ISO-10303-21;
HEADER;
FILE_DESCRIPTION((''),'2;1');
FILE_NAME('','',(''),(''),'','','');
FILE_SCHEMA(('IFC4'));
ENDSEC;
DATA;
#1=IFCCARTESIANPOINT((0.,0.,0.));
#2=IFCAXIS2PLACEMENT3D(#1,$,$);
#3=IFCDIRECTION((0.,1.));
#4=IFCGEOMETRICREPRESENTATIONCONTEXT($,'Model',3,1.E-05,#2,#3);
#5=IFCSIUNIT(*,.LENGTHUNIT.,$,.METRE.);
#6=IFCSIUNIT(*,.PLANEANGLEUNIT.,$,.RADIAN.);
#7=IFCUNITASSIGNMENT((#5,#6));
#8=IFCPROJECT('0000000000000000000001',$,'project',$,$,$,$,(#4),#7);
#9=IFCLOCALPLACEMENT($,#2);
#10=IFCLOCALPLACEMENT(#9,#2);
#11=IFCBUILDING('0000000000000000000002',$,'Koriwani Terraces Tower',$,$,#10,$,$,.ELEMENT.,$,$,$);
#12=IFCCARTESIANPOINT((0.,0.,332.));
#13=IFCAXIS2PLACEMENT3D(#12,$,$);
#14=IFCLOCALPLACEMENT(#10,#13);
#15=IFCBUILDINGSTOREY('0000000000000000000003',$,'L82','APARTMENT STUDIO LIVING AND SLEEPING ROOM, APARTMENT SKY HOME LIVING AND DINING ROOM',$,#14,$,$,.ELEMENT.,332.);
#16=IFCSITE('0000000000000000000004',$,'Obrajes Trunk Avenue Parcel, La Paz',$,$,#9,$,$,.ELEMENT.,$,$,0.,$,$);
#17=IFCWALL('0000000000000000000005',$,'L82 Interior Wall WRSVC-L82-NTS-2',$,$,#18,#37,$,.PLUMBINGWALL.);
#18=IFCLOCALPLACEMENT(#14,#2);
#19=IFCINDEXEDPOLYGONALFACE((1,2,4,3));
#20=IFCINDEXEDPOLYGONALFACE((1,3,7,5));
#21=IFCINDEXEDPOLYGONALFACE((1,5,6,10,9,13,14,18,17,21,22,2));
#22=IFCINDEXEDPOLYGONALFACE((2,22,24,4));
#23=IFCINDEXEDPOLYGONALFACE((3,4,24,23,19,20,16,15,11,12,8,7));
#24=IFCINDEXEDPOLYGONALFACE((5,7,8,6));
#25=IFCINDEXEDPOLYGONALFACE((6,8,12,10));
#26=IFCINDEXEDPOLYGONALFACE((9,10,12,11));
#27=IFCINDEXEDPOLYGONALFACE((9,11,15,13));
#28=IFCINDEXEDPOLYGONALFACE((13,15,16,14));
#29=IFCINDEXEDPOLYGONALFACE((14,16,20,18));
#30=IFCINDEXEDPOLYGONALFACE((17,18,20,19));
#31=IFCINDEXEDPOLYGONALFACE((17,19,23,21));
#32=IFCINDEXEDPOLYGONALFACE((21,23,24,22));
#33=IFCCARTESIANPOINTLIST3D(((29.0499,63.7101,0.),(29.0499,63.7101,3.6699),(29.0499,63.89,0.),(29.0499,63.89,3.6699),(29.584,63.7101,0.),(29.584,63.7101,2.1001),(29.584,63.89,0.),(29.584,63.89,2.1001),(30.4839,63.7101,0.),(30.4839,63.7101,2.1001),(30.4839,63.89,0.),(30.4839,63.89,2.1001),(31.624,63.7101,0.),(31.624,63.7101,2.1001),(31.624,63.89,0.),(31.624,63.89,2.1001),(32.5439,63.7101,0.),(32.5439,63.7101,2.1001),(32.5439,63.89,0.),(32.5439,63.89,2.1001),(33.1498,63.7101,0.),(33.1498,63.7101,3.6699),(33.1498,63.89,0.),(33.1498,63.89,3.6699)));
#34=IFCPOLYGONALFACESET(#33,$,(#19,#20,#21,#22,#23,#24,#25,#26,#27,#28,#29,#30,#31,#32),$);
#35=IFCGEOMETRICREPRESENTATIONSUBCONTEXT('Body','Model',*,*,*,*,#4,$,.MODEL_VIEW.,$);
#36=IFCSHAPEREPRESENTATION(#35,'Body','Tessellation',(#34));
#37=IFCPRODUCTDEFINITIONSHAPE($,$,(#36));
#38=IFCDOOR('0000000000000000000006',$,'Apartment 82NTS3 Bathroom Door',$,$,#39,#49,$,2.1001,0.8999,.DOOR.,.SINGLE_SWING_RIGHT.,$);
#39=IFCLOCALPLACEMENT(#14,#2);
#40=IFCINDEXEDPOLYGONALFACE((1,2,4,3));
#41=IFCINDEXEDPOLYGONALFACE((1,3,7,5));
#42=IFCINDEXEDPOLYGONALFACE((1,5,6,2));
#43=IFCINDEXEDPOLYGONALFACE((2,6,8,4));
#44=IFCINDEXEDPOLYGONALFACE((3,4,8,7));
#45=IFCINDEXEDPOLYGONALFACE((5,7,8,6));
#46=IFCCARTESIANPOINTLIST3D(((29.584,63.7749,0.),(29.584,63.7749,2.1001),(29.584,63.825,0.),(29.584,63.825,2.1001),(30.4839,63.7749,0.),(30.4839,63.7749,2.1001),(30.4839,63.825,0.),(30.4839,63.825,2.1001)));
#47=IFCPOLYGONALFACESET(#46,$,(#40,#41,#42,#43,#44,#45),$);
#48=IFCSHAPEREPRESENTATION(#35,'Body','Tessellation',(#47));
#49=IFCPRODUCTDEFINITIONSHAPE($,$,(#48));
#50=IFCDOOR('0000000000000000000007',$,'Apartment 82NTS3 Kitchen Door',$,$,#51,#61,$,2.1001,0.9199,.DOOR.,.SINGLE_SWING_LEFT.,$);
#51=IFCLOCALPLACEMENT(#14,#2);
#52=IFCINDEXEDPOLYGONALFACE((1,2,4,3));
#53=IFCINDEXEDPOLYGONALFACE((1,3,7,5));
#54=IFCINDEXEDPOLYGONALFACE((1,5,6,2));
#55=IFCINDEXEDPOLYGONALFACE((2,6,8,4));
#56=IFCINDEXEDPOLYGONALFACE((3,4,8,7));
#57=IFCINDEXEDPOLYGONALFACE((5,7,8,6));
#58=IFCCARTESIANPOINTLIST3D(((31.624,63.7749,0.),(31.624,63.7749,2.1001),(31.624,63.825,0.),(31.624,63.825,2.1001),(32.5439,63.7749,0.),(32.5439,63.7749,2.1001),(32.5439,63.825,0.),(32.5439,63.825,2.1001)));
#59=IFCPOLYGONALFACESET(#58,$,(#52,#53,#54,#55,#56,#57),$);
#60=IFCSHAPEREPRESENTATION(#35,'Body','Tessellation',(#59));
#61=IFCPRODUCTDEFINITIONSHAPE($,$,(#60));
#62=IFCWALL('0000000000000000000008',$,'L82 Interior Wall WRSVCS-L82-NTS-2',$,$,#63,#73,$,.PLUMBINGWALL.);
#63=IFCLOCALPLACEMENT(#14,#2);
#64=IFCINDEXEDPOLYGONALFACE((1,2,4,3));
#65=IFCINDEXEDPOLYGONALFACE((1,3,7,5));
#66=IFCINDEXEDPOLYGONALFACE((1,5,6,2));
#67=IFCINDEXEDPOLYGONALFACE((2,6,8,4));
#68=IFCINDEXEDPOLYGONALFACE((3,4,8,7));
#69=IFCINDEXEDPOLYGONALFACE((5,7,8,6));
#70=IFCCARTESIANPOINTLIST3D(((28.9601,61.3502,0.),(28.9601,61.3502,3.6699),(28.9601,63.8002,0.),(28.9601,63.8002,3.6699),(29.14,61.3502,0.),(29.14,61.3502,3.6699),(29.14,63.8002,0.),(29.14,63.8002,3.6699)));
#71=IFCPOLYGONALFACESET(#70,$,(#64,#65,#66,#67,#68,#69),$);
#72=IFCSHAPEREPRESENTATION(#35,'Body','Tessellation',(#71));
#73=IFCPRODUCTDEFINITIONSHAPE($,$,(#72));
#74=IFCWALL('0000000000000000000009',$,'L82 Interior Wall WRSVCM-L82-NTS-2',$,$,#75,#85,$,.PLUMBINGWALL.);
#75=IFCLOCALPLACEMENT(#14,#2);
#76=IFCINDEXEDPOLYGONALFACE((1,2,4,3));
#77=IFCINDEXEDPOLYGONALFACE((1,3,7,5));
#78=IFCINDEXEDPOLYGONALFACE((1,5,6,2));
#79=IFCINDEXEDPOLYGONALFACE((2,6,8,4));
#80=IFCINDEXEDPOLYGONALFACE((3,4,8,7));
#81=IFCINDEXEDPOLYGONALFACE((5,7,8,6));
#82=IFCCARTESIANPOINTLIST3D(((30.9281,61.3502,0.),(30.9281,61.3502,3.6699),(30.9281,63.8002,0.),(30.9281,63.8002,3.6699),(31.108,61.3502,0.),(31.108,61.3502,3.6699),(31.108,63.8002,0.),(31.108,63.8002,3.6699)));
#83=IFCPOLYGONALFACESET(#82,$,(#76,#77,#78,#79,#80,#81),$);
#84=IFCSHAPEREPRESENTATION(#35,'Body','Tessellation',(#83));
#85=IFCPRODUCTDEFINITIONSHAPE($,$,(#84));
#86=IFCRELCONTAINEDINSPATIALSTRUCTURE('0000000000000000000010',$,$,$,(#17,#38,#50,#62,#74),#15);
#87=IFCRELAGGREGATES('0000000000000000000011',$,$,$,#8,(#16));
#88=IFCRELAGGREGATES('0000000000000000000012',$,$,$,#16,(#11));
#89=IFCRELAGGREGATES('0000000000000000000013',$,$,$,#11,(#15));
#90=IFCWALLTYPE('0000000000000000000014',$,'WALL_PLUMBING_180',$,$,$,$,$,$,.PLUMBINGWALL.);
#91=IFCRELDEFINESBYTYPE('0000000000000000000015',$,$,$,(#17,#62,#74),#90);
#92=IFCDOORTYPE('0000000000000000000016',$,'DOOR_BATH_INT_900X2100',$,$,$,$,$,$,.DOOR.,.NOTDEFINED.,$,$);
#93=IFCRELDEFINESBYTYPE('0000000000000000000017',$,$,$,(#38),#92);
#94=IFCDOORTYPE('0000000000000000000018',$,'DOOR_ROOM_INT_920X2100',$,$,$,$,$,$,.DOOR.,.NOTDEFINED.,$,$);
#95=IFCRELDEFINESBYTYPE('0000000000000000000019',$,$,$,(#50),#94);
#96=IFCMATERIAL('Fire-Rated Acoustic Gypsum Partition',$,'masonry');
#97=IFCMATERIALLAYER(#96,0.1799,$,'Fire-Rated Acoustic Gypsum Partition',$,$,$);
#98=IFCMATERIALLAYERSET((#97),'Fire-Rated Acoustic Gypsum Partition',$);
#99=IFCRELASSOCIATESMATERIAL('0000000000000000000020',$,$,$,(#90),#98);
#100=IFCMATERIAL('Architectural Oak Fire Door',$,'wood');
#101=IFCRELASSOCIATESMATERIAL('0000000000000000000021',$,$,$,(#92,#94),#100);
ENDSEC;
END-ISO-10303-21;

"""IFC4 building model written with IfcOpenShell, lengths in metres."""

from ifc_helpers import new_model, si_unit, direction, frame, frame_2d, origin, place, context, subcontext, project, spatial, rectangle, extrude, material, layer, layer_set, type_object, element, fill, save


model = new_model("IFC4")

# Units and contexts
model_context = context("Model", 3, precision=1e-05, world=origin(), true_north=direction((0.0, 1.0)))
body_context = subcontext(model_context, "Body", "Model", "MODEL_VIEW")
ifc_project = project(units=[si_unit("LENGTHUNIT", "METRE"), si_unit("PLANEANGLEUNIT", "RADIAN")], contexts=[model_context])

# Site, building, storey
site_placement = place(None, origin())
site = spatial("IfcSite", under=ifc_project, at=site_placement, Name="Obrajes Trunk Avenue Parcel, La Paz", CompositionType="ELEMENT", RefElevation=0.0)
building_placement = place(site_placement, origin())
building = spatial("IfcBuilding", under=site, at=building_placement, Name="Koriwani Terraces Tower", CompositionType="ELEMENT")
storey_placement = place(building_placement, frame((0.0, 0.0, 332.0)))
storey = spatial("IfcBuildingStorey", under=building, at=storey_placement, Name="L82", Description="APARTMENT STUDIO LIVING AND SLEEPING ROOM, APARTMENT SKY HOME LIVING AND DINING ROOM", CompositionType="ELEMENT", Elevation=332.0)

# Wall, openings, doors
ifc_material_1 = material(Name="Fire-Rated Acoustic Gypsum Partition", Category="masonry")
ifc_layer_1 = layer(ifc_material_1, 0.1799, Name="Fire-Rated Acoustic Gypsum Partition")
ifc_layer_set_1 = layer_set([ifc_layer_1], Name="Fire-Rated Acoustic Gypsum Partition")
wall_type_1 = type_object("IfcWallType", Name="WALL_PLUMBING_180", PredefinedType="PLUMBINGWALL", material=ifc_layer_set_1)
wall_1_placement = place(storey_placement, frame((29.05, 63.8, 0.0), z_axis=(0.0, 0.0, 1.0), x_axis=(1.0, 0.0, 0.0)))
wall_1 = element("IfcWall", 1, at=wall_1_placement, inside=storey, type_object=wall_type_1, Name="L82 Interior Wall WRSVC-L82-NTS-2", PredefinedType="PLUMBINGWALL", context=body_context, shape_type="SweptSolid", body=[
    extrude(rectangle(XDim=4.0999, YDim=0.1799, at=frame_2d((2.0498, 0.0))), origin(), (0.0, 0.0, 1.0), 3.6699),
])
opening_1_placement = place(wall_1_placement, frame((0.5339, 0.0, 0.0)))
opening_1 = element("IfcOpeningElement", 2, at=opening_1_placement, cuts=wall_1, PredefinedType="OPENING", context=body_context, shape_type="SweptSolid", body=[
    extrude(rectangle(XDim=0.8999, YDim=2.1001, at=frame_2d((0.45, 1.05))), frame((0.0, 0.1001, 0.0), z_axis=(0.0, -1.0, 0.0), x_axis=(1.0, 0.0, 0.0)), (0.0, 0.0, 1.0), 0.2),
])
opening_2_placement = place(wall_1_placement, frame((2.574, 0.0, 0.0)))
opening_2 = element("IfcOpeningElement", 3, at=opening_2_placement, cuts=wall_1, PredefinedType="OPENING", context=body_context, shape_type="SweptSolid", body=[
    extrude(rectangle(XDim=0.9199, YDim=2.1001, at=frame_2d((0.46, 1.05))), frame((0.0, 0.1001, 0.0), z_axis=(0.0, -1.0, 0.0), x_axis=(1.0, 0.0, 0.0)), (0.0, 0.0, 1.0), 0.2),
])
ifc_material_2 = material(Name="Architectural Oak Fire Door", Category="wood")
door_type_1 = type_object("IfcDoorType", Name="DOOR_BATH_INT_900X2100", OperationType="NOTDEFINED", PredefinedType="DOOR", material=ifc_material_2)
door_1_placement = place(opening_1_placement, origin())
door_1 = element("IfcDoor", 4, at=door_1_placement, inside=storey, type_object=door_type_1, Name="Apartment 82NTS3 Bathroom Door", OperationType="SINGLE_SWING_RIGHT", OverallHeight=2.1001, OverallWidth=0.8999, PredefinedType="DOOR", context=body_context, shape_type="SweptSolid", body=[
    extrude(rectangle(XDim=0.8999, YDim=2.1001, at=frame_2d((0.45, 1.05))), frame((0.0, 0.0249, 0.0), z_axis=(0.0, -1.0, 0.0), x_axis=(1.0, 0.0, 0.0)), (0.0, 0.0, 1.0), 0.05),
])
fill(opening_1, door_1)
door_type_2 = type_object("IfcDoorType", Name="DOOR_ROOM_INT_920X2100", OperationType="NOTDEFINED", PredefinedType="DOOR", material=ifc_material_2)
door_2_placement = place(opening_2_placement, origin())
door_2 = element("IfcDoor", 5, at=door_2_placement, inside=storey, type_object=door_type_2, Name="Apartment 82NTS3 Kitchen Door", OperationType="SINGLE_SWING_LEFT", OverallHeight=2.1001, OverallWidth=0.9199, PredefinedType="DOOR", context=body_context, shape_type="SweptSolid", body=[
    extrude(rectangle(XDim=0.9199, YDim=2.1001, at=frame_2d((0.46, 1.05))), frame((0.0, 0.0249, 0.0), z_axis=(0.0, -1.0, 0.0), x_axis=(1.0, 0.0, 0.0)), (0.0, 0.0, 1.0), 0.05),
])
fill(opening_2, door_2)

# Walls
for number, where, z_axis, x_axis, name in (
    (6, (29.05, 61.3501, 0.0), (0.0, 0.0, 1.0), (0.0, 1.0, 0.0), "L82 Interior Wall WRSVCS-L82-NTS-2"),
    (7, (31.0181, 61.3501, 0.0), (0.0, 0.0, 1.0), (0.0, 1.0, 0.0), "L82 Interior Wall WRSVCM-L82-NTS-2"),
):
    element("IfcWall", number, at=place(storey_placement, frame(where, z_axis=z_axis, x_axis=x_axis)), inside=storey, type_object=wall_type_1, Name=name, PredefinedType="PLUMBINGWALL", context=body_context, shape_type="SweptSolid", body=[
        extrude(rectangle(XDim=2.45, YDim=0.1799, at=frame_2d((1.2251, 0.0))), origin(), (0.0, 0.0, 1.0), 3.6699),
    ])

save(model, "model.ifc")
